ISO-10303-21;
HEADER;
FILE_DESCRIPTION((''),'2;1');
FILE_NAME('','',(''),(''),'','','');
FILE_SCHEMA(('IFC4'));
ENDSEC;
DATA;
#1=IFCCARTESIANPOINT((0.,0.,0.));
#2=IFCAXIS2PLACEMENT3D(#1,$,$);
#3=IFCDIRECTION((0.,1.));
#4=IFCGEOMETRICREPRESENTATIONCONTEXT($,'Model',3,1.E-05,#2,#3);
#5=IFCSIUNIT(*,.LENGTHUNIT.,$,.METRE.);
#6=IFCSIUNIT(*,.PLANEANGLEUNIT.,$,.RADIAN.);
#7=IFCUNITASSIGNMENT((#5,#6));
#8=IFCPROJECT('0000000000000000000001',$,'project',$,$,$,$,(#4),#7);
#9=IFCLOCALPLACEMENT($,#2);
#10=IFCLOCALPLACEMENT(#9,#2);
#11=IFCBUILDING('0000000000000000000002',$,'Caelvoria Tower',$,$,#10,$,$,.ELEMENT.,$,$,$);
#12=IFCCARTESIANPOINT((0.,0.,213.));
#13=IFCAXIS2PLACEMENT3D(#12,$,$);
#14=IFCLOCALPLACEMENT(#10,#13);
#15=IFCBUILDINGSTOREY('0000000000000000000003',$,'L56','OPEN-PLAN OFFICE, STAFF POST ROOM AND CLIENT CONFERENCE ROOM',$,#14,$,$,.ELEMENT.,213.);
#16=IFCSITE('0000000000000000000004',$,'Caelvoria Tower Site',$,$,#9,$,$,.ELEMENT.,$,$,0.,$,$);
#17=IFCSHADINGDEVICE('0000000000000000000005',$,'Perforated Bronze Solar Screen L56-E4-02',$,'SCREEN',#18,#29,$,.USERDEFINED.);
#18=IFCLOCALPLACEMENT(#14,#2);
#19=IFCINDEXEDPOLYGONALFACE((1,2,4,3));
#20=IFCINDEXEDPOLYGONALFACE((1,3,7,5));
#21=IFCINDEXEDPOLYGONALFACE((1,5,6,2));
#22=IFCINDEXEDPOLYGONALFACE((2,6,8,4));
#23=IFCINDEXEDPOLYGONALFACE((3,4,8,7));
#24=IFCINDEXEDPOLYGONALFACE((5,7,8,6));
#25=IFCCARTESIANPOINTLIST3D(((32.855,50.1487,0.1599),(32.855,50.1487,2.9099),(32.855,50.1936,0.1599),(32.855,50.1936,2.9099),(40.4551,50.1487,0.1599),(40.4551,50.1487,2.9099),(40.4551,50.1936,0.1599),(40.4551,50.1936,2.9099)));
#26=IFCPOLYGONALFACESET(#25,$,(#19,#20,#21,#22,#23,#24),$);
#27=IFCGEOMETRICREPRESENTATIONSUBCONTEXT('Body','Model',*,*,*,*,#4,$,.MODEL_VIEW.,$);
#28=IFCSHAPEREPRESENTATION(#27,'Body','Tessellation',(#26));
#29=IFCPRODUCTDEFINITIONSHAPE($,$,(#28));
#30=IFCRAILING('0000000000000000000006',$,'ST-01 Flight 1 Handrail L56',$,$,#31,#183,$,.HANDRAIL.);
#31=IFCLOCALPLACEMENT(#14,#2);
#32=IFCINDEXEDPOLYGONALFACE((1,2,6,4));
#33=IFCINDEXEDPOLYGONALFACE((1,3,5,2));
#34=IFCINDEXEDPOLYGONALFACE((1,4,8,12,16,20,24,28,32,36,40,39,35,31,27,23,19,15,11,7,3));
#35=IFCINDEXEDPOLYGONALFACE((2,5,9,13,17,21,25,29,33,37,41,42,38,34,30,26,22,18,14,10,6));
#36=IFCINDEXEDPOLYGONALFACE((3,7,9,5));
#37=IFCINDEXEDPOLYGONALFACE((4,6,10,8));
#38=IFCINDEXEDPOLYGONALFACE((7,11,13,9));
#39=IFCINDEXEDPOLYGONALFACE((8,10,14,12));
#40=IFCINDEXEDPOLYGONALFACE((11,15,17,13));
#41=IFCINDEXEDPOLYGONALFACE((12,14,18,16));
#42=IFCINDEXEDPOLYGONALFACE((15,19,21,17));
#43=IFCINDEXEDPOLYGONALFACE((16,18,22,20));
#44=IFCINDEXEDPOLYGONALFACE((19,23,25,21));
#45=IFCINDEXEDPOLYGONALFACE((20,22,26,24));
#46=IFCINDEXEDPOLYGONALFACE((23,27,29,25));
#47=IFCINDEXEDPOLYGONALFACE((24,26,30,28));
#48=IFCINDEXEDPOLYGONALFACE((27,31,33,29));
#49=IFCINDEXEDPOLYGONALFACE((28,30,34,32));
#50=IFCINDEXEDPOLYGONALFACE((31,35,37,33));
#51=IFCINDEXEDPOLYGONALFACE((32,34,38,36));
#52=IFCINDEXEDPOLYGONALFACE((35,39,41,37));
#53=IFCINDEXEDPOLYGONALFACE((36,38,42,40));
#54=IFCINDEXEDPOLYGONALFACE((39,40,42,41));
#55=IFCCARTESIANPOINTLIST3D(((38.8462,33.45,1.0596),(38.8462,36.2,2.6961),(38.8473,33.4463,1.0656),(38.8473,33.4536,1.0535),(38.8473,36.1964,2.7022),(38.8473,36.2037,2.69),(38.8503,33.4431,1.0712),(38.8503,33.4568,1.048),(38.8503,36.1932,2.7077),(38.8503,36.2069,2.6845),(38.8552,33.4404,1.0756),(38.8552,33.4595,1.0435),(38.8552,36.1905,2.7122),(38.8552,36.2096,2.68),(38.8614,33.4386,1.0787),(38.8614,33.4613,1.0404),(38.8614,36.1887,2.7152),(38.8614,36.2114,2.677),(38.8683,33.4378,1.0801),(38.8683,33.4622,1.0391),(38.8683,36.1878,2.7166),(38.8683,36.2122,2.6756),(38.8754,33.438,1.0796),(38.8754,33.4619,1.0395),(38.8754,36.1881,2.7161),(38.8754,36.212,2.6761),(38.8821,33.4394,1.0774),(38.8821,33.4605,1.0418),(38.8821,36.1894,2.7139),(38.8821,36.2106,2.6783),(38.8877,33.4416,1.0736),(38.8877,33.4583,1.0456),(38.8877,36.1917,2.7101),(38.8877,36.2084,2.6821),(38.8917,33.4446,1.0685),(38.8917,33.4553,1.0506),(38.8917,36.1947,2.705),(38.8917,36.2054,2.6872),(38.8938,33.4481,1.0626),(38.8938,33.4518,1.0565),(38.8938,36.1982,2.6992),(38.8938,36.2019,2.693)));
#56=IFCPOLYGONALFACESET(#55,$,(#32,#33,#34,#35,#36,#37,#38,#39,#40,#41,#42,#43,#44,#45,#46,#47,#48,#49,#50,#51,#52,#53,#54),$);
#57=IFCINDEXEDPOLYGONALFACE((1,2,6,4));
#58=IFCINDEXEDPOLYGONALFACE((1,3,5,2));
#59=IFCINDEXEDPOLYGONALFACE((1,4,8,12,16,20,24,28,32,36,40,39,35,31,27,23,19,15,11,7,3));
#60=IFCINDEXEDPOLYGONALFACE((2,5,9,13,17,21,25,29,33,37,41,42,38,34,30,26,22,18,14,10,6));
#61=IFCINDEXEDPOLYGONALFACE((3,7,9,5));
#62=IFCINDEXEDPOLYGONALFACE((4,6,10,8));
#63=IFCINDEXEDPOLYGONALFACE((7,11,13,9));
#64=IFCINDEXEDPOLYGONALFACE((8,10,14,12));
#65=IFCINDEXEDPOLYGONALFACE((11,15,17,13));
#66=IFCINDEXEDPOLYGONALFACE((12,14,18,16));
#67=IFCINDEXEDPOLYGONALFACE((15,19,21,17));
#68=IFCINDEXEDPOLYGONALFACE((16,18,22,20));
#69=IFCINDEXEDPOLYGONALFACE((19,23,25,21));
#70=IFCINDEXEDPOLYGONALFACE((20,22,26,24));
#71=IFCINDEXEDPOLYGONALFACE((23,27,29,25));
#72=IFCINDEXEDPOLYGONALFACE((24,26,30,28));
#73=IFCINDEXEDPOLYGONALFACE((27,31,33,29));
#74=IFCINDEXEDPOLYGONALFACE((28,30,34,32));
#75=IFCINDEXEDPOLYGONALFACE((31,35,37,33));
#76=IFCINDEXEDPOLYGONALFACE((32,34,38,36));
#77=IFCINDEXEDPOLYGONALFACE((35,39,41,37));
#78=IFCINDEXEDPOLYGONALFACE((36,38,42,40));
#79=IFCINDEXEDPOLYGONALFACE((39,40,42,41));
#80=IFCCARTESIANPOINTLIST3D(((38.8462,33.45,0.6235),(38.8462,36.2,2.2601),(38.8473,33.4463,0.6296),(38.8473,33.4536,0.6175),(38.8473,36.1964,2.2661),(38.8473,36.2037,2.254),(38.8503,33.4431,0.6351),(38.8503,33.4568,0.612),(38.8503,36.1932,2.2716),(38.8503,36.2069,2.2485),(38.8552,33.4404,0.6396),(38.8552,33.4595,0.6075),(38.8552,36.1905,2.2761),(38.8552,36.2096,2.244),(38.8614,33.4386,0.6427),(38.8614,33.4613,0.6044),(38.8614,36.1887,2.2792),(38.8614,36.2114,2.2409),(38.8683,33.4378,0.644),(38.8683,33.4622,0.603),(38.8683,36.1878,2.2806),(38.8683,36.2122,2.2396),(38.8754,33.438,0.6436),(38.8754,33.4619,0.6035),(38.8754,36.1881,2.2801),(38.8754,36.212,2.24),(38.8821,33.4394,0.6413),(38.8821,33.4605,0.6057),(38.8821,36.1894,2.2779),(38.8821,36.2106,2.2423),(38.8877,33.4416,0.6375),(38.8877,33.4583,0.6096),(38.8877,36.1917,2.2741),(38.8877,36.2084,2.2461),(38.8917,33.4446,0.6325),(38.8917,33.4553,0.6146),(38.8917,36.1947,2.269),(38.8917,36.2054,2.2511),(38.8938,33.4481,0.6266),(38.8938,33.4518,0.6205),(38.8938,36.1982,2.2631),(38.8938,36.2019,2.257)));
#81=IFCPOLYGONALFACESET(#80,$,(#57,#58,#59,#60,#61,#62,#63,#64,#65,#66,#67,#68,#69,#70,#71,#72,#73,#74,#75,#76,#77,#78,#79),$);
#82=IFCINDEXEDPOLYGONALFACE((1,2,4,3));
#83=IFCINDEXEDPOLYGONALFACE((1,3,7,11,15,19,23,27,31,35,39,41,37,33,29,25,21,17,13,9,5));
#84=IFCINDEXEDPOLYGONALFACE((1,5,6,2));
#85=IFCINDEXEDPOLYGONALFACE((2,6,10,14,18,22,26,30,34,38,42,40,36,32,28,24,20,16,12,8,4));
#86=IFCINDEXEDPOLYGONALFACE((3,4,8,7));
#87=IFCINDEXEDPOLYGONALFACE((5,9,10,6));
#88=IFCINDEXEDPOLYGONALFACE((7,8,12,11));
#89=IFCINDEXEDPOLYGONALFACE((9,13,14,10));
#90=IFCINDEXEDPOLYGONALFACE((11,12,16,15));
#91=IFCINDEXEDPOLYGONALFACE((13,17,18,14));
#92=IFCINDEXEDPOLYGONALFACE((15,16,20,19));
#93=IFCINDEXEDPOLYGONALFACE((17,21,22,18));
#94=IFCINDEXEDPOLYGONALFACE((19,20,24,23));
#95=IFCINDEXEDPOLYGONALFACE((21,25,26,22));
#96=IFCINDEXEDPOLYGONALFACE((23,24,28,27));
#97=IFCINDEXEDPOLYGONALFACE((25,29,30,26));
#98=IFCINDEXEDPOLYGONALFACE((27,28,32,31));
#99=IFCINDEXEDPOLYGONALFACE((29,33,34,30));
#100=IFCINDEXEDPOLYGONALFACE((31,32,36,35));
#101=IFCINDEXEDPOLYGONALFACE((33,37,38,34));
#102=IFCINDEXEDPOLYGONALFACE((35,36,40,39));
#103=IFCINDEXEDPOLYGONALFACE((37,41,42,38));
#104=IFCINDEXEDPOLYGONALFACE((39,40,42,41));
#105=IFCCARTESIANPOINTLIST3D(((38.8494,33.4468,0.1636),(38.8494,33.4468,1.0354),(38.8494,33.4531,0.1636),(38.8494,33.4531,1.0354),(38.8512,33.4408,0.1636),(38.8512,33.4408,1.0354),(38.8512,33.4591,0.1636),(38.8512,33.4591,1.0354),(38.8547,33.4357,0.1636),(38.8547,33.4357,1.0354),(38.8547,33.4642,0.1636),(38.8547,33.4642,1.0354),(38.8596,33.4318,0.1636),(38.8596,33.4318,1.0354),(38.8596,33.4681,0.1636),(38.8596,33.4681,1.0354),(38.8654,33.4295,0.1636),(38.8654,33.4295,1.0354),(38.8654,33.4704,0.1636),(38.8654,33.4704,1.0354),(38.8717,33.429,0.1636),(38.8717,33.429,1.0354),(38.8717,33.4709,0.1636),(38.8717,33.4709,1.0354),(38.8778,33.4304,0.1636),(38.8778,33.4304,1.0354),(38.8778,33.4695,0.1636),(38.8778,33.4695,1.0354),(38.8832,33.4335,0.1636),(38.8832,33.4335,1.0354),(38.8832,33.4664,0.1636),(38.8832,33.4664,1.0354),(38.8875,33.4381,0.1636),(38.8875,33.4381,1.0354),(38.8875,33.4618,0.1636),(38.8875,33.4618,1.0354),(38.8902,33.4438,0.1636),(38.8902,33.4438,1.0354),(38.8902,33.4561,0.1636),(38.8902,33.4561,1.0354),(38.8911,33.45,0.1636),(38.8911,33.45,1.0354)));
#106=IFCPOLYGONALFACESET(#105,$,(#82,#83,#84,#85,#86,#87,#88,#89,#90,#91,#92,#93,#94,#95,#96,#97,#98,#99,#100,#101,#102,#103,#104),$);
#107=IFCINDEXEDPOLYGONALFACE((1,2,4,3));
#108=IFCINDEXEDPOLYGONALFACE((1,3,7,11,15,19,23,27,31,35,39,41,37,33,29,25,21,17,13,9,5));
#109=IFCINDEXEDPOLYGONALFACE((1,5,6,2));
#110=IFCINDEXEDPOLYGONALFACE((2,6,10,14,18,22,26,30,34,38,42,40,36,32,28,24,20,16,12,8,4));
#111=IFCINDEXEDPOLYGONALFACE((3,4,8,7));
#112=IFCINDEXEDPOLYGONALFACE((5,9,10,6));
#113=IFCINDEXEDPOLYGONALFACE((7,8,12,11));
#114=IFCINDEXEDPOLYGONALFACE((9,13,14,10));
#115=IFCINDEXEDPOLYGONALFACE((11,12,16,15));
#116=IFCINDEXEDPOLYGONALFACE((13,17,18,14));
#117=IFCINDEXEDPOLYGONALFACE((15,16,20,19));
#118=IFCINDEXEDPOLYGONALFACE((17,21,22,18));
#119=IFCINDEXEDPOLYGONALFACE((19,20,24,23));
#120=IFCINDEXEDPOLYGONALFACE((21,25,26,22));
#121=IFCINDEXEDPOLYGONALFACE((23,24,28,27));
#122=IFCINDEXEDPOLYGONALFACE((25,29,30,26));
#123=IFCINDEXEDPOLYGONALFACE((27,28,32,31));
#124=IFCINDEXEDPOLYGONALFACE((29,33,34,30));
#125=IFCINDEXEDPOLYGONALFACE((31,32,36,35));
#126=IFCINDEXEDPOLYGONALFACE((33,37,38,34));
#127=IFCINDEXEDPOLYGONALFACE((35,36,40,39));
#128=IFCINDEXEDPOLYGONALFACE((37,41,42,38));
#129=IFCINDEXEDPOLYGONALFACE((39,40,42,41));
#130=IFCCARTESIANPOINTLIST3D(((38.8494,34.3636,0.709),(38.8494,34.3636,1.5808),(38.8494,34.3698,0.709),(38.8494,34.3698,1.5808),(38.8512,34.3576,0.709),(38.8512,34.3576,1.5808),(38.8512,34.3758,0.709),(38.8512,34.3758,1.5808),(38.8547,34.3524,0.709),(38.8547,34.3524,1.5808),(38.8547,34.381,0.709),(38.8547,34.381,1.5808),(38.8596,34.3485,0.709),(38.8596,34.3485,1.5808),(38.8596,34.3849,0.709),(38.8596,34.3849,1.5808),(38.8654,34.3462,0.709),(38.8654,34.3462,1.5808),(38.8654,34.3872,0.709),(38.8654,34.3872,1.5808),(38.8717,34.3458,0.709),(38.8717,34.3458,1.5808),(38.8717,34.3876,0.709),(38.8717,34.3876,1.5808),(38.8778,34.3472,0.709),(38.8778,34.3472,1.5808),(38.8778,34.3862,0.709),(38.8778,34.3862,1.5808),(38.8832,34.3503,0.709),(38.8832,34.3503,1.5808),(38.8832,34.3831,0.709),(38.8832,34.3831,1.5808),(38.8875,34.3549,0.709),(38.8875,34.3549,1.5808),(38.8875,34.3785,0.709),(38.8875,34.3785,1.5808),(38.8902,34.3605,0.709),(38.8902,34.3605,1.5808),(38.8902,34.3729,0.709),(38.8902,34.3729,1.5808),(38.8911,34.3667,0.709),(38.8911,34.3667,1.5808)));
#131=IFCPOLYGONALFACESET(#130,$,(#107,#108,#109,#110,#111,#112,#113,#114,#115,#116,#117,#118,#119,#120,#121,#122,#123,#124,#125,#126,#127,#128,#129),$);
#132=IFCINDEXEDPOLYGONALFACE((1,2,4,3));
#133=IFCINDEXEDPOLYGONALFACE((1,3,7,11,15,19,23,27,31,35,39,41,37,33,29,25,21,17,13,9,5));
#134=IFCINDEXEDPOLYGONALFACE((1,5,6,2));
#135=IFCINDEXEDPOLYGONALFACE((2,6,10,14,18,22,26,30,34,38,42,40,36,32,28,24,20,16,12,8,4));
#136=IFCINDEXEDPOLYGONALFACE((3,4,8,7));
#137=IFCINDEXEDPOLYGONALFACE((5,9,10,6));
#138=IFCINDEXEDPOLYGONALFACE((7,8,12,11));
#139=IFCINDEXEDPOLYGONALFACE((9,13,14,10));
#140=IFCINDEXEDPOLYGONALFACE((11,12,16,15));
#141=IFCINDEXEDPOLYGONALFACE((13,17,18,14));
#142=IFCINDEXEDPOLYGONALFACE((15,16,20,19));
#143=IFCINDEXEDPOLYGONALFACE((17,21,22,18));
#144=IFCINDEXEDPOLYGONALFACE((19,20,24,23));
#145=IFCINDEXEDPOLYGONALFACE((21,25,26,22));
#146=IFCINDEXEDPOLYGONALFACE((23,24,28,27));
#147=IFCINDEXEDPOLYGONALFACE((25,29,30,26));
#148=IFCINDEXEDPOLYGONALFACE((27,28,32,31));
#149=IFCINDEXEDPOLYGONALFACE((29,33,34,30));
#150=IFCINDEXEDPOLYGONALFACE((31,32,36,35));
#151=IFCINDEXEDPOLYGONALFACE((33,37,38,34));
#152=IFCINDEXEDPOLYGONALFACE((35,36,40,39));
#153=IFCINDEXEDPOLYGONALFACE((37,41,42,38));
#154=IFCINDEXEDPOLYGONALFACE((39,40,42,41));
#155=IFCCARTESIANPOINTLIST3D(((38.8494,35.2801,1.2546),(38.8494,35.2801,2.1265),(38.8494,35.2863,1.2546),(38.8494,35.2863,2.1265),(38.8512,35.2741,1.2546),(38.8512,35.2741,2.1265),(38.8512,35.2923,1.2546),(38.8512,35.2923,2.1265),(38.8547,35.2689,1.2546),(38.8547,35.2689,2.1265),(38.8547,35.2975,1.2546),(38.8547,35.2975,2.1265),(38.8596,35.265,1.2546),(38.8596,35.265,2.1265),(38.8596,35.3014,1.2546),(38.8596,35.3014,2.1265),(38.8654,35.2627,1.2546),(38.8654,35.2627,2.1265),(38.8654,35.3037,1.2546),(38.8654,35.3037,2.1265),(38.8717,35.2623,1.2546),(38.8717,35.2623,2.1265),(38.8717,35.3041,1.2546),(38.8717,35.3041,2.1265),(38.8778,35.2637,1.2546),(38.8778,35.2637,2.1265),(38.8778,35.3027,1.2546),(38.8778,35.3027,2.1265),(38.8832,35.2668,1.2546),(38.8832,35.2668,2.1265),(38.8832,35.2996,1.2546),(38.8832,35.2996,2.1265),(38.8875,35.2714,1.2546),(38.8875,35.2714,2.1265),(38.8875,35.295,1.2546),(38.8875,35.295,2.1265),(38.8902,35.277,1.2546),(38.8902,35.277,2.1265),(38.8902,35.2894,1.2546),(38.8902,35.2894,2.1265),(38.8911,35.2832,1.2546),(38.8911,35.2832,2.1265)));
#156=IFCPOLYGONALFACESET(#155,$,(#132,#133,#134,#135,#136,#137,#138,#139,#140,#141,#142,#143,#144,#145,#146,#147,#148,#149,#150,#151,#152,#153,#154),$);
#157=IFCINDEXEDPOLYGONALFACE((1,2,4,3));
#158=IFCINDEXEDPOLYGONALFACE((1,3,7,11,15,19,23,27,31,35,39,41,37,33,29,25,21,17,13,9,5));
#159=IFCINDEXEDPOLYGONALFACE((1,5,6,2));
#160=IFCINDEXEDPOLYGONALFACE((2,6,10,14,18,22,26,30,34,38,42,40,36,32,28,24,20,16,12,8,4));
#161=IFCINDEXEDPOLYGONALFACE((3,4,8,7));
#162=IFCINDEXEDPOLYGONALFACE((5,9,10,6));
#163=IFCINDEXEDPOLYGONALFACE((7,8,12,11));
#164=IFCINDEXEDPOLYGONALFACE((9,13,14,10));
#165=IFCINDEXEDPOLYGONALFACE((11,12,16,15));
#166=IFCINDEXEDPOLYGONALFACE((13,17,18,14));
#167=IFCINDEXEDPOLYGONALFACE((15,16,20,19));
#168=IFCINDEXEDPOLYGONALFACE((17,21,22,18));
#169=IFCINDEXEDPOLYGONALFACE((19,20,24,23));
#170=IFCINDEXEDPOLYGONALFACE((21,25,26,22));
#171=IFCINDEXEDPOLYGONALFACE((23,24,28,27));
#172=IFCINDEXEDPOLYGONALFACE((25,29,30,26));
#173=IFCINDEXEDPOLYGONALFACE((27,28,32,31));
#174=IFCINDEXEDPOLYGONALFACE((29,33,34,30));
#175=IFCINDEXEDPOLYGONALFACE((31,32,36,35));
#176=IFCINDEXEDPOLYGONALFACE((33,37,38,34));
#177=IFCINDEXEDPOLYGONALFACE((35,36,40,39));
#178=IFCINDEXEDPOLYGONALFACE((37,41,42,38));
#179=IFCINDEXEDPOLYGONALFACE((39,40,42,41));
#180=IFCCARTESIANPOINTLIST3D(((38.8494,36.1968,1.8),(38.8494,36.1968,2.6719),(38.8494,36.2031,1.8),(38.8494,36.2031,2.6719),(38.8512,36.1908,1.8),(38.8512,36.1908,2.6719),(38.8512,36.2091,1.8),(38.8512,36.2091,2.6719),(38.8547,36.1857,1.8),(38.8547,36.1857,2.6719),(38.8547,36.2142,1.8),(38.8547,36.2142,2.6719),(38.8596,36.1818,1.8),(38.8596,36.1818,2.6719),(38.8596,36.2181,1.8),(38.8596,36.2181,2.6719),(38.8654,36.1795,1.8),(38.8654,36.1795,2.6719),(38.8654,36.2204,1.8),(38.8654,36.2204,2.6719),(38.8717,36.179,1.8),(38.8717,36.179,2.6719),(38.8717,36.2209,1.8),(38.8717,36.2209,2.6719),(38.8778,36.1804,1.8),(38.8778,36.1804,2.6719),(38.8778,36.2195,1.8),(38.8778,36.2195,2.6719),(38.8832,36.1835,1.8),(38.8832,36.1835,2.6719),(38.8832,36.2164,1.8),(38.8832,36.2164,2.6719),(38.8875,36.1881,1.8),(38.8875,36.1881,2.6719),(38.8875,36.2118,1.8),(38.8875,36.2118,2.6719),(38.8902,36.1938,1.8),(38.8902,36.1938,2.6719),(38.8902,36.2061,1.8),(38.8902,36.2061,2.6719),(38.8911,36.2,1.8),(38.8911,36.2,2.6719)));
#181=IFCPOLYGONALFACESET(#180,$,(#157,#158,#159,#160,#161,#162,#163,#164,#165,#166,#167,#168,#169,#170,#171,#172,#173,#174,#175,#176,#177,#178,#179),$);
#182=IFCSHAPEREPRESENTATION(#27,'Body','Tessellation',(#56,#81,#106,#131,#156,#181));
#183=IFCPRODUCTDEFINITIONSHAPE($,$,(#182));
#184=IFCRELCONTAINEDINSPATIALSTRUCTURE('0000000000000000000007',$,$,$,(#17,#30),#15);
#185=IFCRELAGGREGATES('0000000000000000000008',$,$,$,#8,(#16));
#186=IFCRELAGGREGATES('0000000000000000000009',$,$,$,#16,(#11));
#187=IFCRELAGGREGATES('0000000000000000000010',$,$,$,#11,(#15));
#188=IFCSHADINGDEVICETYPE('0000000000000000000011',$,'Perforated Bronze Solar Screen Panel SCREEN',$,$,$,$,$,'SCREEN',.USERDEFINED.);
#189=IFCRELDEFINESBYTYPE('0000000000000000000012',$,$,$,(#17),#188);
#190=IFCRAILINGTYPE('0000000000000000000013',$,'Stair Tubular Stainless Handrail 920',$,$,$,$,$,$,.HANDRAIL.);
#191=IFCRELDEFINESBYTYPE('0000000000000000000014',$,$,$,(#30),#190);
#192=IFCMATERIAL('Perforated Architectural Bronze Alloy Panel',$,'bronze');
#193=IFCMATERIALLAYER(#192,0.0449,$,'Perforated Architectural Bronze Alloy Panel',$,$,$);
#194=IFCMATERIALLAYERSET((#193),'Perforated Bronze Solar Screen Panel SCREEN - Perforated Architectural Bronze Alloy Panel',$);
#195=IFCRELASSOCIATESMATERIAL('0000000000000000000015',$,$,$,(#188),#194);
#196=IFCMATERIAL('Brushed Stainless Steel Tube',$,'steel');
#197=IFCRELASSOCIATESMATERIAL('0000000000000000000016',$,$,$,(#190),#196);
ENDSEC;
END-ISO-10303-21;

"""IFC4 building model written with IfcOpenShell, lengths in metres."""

from ifc_helpers import new_model, si_unit, direction, frame, origin, origin_2d, place, context, subcontext, project, spatial, rectangle, circle, extrude, material, layer, layer_set, type_object, element, save


model = new_model("IFC4")

# Units and contexts
model_context = context("Model", 3, precision=1e-05, world=origin(), true_north=direction((0.0, 1.0)))
body_context = subcontext(model_context, "Body", "Model", "MODEL_VIEW")
ifc_project = project(units=[si_unit("LENGTHUNIT", "METRE"), si_unit("PLANEANGLEUNIT", "RADIAN")], contexts=[model_context])

# Site, building, storey
site_placement = place(None, origin())
site = spatial("IfcSite", under=ifc_project, at=site_placement, Name="Caelvoria Tower Site", CompositionType="ELEMENT", RefElevation=0.0)
building_placement = place(site_placement, origin())
building = spatial("IfcBuilding", under=site, at=building_placement, Name="Caelvoria Tower", CompositionType="ELEMENT")
storey_placement = place(building_placement, frame((0.0, 0.0, 213.0)))
storey = spatial("IfcBuildingStorey", under=building, at=storey_placement, Name="L56", Description="OPEN-PLAN OFFICE, STAFF POST ROOM AND CLIENT CONFERENCE ROOM", CompositionType="ELEMENT", Elevation=213.0)

# Shading device
ifc_material_1 = material(Name="Perforated Architectural Bronze Alloy Panel", Category="bronze")
ifc_layer_1 = layer(ifc_material_1, 0.0449, Name="Perforated Architectural Bronze Alloy Panel")
ifc_layer_set_1 = layer_set([ifc_layer_1], Name="Perforated Bronze Solar Screen Panel SCREEN - Perforated Architectural Bronze Alloy Panel")
shading_device_type = type_object("IfcShadingDeviceType", Name="Perforated Bronze Solar Screen Panel SCREEN", ElementType="SCREEN", PredefinedType="USERDEFINED", material=ifc_layer_set_1)
shading_device_placement = place(storey_placement, frame((36.655, 50.1711, 0.1599), z_axis=(0.0, 0.0, 1.0), x_axis=(-1.0, 0.0, 0.0)))
element("IfcShadingDevice", 1, at=shading_device_placement, inside=storey, type_object=shading_device_type, Name="Perforated Bronze Solar Screen L56-E4-02", ObjectType="SCREEN", PredefinedType="USERDEFINED", context=body_context, shape_type="SweptSolid", body=[
    extrude(rectangle(XDim=7.6001, YDim=0.0449, at=origin_2d()), origin(), (0.0, 0.0, 1.0), 2.75),
])

# Railing
ifc_material_2 = material(Name="Brushed Stainless Steel Tube", Category="steel")
railing_type_1 = type_object("IfcRailingType", Name="Stair Tubular Stainless Handrail 920", PredefinedType="HANDRAIL", material=ifc_material_2)
railing_1_placement = place(storey_placement, frame((38.8701, 33.45, 0.1636)))
element("IfcRailing", 2, at=railing_1_placement, inside=storey, type_object=railing_type_1, Name="ST-01 Flight 1 Handrail L56", PredefinedType="HANDRAIL", context=body_context, shape_type="SweptSolid", body=[
    extrude(circle(Radius=0.0239, at=origin_2d()), frame((0.0, 0.0, 0.896), z_axis=(0.0, 0.859352, 0.511385), x_axis=(-1.0, 0.0, 0.0)), (0.0, 0.0, 1.0), 3.2002),
    extrude(circle(Radius=0.0239, at=origin_2d()), frame((0.0, 0.0, 0.46), z_axis=(0.0, 0.859352, 0.511385), x_axis=(-1.0, 0.0, 0.0)), (0.0, 0.0, 1.0), 3.2002),
    extrude(circle(Radius=0.021, at=origin_2d()), origin(), (0.0, 0.0, 1.0), 0.8718),
    extrude(circle(Radius=0.021, at=origin_2d()), frame((0.0, 0.9167, 0.5454)), (0.0, 0.0, 1.0), 0.8718),
    extrude(circle(Radius=0.021, at=origin_2d()), frame((0.0, 1.8333, 1.0911)), (0.0, 0.0, 1.0), 0.8718),
    extrude(circle(Radius=0.021, at=origin_2d()), frame((0.0, 2.75, 1.6365)), (0.0, 0.0, 1.0), 0.8718),
])

save(model, "model.ifc")
